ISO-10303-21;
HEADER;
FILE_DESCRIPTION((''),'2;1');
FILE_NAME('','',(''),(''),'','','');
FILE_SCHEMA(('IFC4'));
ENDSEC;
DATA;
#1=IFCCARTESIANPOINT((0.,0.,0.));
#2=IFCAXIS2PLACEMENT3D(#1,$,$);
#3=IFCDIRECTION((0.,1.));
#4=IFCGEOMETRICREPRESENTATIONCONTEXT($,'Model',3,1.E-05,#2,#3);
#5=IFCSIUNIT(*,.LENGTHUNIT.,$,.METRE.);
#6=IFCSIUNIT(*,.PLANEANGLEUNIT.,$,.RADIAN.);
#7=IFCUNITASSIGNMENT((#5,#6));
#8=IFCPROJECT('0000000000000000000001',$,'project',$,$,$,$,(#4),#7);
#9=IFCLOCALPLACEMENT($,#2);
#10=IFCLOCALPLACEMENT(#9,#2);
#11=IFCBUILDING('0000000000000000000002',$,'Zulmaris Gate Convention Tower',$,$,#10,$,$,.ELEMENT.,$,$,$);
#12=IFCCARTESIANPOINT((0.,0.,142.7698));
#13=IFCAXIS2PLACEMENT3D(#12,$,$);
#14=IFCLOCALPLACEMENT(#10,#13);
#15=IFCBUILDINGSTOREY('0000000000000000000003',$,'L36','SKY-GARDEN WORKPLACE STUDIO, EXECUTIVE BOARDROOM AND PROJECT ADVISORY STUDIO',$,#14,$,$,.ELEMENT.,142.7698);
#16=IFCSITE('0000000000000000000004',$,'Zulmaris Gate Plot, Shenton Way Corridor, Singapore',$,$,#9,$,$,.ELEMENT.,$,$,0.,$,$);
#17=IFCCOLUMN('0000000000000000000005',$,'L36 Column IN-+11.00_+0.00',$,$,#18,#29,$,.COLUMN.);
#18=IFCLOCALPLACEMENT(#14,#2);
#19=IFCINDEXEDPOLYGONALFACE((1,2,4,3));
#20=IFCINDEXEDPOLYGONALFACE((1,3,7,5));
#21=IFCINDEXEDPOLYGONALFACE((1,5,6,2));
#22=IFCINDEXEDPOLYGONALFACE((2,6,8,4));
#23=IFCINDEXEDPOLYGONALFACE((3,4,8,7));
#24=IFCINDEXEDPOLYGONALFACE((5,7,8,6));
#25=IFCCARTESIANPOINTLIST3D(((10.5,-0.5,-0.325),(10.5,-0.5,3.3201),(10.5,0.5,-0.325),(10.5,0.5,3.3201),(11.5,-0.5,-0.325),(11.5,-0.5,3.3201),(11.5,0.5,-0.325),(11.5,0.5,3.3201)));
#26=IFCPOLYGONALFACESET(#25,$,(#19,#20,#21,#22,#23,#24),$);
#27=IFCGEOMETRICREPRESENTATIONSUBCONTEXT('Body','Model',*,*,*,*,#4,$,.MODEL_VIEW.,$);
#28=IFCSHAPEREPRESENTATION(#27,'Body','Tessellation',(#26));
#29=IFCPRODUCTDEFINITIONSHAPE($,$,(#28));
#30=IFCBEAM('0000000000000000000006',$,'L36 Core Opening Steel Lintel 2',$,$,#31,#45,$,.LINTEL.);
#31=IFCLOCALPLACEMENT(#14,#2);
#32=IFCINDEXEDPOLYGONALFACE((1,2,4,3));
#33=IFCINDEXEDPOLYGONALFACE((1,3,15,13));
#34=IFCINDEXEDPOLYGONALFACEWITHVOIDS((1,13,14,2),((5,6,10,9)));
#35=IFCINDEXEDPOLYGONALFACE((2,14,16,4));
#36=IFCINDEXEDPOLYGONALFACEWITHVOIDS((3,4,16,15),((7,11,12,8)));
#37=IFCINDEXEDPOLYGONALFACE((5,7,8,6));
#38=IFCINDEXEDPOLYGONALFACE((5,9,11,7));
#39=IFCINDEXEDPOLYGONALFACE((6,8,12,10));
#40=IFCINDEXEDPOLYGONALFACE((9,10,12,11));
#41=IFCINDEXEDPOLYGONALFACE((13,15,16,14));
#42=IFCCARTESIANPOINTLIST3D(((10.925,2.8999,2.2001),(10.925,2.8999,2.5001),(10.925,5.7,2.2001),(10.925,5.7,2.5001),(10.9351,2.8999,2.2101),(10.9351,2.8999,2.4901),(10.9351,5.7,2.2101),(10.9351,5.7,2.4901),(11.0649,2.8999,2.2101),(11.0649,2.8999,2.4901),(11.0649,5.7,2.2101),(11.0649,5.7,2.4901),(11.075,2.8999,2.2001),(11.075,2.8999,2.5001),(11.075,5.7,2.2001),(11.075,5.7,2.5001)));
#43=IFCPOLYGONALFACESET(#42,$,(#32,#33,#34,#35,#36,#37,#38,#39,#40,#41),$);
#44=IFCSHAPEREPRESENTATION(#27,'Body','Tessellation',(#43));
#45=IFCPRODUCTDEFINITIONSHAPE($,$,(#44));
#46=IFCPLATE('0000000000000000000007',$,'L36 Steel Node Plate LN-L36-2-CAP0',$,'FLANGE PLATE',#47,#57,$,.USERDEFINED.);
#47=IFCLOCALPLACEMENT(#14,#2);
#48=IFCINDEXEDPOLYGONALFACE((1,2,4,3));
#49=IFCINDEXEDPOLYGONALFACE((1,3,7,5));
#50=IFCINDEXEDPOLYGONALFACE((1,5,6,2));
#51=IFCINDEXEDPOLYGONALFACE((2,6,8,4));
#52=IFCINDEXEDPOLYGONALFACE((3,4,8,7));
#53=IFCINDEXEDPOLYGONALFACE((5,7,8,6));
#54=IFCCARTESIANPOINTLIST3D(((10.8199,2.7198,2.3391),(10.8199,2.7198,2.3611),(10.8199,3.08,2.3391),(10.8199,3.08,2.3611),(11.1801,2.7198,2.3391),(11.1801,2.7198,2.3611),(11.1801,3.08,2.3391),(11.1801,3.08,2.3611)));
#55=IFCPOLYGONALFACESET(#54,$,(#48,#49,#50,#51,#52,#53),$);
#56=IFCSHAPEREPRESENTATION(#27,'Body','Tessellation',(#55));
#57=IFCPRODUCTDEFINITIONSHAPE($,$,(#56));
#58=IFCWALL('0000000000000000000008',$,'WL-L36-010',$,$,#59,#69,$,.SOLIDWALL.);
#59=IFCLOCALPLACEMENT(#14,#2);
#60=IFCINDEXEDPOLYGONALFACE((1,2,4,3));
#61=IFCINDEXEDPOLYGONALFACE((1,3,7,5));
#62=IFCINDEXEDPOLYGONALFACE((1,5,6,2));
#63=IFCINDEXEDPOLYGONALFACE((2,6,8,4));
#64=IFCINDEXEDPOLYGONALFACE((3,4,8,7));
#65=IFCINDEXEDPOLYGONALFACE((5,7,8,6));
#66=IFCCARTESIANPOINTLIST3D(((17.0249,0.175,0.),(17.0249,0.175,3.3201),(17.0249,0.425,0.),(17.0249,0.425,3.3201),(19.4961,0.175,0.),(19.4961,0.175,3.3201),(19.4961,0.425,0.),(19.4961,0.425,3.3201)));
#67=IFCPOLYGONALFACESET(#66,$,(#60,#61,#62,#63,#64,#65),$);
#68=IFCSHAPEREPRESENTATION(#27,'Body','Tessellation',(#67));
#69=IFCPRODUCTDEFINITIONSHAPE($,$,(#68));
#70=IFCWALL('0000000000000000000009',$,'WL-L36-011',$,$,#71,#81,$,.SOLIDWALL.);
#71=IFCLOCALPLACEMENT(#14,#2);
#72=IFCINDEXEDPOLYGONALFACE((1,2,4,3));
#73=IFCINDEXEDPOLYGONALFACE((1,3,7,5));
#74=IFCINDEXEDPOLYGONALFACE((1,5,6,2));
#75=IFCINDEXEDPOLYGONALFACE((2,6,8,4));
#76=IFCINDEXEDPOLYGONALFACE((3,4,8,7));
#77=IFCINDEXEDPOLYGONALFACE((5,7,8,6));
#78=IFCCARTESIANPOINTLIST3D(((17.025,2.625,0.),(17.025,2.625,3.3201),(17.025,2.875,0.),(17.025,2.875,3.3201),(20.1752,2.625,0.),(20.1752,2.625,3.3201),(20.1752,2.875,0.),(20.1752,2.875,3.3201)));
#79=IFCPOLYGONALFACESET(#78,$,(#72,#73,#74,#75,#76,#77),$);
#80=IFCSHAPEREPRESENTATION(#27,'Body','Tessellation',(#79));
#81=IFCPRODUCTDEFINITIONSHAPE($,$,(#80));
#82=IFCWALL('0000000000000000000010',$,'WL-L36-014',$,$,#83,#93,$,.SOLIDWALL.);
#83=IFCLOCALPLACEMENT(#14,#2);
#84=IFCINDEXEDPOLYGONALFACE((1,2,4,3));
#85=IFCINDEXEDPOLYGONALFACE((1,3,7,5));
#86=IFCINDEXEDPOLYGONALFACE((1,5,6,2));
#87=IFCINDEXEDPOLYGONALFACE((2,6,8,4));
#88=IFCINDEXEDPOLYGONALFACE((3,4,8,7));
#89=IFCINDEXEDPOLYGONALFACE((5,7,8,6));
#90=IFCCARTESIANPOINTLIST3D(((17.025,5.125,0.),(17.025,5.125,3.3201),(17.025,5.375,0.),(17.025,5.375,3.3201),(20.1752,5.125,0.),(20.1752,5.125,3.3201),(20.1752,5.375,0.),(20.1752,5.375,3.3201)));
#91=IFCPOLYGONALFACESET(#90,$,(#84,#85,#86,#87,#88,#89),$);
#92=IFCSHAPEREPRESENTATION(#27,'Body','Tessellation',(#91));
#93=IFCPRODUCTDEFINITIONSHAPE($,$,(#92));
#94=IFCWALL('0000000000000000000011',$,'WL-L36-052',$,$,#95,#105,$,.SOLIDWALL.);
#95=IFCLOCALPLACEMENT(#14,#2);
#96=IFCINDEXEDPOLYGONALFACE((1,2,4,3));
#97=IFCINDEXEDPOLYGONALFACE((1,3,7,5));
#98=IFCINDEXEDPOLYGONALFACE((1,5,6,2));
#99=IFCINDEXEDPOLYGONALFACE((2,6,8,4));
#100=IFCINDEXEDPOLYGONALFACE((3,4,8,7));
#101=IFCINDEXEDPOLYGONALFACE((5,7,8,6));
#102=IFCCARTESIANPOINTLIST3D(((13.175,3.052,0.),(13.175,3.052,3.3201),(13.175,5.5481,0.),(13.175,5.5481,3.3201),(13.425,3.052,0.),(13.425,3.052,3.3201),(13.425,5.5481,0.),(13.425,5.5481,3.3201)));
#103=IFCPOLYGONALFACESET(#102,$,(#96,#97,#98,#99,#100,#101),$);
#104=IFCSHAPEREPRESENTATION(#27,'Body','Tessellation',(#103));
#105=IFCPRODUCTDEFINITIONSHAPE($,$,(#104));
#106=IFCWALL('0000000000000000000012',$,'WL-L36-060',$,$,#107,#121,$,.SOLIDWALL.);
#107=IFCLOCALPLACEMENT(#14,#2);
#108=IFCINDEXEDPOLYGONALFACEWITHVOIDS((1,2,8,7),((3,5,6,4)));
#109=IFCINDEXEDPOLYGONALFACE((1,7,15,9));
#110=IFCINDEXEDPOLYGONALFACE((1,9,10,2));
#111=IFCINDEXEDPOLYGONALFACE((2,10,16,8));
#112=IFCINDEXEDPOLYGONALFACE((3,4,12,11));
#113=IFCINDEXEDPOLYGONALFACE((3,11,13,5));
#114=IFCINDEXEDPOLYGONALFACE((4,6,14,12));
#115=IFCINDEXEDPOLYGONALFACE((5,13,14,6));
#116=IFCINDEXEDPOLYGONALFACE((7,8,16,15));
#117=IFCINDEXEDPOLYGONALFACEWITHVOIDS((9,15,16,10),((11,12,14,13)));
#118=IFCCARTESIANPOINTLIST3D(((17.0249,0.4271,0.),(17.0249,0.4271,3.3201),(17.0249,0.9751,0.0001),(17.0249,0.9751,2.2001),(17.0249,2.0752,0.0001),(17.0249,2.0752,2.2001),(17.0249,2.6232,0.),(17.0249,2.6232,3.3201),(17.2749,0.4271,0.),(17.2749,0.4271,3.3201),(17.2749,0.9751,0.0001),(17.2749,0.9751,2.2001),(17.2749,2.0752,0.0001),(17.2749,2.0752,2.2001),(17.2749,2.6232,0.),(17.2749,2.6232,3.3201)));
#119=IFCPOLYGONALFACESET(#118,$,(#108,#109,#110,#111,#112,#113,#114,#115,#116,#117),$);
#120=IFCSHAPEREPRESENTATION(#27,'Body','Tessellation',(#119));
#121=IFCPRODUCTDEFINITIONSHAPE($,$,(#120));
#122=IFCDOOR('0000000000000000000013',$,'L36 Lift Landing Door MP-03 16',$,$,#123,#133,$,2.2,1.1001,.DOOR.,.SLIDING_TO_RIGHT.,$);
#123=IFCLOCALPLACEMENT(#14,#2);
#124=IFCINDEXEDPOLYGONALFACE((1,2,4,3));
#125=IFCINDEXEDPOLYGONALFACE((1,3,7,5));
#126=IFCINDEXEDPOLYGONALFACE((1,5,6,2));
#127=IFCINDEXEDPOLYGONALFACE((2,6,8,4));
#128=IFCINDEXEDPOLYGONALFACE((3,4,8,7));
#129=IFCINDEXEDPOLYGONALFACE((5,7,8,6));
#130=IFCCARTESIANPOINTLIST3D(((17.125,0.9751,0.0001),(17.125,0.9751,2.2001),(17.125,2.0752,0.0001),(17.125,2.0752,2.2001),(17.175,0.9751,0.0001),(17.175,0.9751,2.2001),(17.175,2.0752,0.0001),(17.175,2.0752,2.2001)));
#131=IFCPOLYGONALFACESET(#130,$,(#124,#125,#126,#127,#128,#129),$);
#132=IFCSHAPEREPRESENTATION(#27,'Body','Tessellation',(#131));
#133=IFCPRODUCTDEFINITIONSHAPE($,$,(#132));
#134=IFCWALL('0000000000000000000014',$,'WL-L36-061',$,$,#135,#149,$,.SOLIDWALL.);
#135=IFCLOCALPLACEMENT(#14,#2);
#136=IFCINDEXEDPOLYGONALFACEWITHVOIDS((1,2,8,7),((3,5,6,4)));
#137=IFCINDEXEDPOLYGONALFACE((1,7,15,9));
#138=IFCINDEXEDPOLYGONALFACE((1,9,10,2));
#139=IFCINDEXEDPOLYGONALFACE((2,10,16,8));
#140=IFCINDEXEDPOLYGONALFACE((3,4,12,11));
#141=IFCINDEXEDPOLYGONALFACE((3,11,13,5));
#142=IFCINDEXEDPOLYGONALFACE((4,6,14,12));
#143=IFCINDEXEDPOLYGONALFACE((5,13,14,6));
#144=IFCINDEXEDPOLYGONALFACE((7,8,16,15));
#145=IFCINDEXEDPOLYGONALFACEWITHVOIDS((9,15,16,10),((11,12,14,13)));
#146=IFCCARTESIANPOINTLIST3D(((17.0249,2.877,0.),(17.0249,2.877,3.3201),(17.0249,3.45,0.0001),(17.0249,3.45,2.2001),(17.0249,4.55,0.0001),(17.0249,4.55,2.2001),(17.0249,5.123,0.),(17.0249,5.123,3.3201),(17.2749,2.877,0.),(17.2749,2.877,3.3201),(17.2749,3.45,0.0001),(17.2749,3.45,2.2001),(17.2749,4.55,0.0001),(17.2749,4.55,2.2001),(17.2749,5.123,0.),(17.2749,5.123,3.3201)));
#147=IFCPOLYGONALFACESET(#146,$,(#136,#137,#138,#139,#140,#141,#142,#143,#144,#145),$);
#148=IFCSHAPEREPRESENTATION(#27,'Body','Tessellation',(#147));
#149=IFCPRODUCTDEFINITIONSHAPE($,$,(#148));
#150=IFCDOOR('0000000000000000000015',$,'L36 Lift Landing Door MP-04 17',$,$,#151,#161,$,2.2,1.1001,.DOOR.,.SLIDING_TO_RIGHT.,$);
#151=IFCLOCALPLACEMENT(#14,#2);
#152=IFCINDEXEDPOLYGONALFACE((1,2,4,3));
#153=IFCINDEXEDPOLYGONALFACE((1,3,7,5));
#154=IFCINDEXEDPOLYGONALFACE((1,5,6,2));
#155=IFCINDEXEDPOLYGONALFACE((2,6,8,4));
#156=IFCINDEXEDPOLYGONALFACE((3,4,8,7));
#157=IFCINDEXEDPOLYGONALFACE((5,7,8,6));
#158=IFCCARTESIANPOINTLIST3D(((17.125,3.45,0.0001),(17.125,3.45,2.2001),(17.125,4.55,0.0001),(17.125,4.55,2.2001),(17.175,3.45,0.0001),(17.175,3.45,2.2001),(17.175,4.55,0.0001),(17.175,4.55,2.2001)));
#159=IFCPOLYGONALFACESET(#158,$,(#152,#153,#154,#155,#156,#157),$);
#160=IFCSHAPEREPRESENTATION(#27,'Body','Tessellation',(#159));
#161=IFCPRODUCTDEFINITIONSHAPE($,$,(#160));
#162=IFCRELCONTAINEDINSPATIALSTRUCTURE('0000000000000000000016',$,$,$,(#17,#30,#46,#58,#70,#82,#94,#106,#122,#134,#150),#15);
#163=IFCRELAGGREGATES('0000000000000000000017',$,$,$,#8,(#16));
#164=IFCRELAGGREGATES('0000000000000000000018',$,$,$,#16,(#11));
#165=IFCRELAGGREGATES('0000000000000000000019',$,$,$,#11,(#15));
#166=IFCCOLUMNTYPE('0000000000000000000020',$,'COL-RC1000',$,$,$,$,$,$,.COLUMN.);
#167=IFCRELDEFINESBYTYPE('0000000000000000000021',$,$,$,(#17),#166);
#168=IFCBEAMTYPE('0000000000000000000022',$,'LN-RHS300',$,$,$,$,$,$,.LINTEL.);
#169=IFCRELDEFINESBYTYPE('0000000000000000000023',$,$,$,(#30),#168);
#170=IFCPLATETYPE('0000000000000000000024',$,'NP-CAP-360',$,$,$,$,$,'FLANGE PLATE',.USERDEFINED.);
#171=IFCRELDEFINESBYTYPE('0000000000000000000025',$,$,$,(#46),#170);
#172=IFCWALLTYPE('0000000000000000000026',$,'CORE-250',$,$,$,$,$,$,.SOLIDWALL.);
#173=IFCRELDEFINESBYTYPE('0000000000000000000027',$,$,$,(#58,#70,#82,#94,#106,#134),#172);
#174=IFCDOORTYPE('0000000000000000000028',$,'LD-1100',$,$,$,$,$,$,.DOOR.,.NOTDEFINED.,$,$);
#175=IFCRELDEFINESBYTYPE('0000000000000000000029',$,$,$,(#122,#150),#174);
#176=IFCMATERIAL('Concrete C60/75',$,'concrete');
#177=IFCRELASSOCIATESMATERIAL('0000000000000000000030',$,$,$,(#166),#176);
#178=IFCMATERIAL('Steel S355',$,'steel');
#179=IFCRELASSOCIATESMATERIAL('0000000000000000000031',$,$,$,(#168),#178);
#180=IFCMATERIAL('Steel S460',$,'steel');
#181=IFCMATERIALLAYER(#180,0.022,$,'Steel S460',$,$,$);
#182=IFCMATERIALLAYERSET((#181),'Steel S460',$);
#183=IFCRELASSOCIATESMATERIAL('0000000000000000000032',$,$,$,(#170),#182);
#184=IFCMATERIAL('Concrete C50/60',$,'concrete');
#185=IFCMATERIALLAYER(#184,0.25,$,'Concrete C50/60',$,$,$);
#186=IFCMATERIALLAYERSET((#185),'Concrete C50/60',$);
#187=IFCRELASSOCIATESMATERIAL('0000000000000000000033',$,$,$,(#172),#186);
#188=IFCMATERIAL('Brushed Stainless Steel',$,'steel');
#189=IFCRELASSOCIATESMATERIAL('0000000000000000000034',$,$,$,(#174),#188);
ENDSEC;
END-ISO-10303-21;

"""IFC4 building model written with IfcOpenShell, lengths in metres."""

from ifc_helpers import new_model, si_unit, direction, frame, frame_2d, origin, origin_2d, place, context, subcontext, project, spatial, rectangle, hollow_rectangle, extrude, material, layer, layer_set, material_profile, profile_set, type_object, element, fill, save


model = new_model("IFC4")

# Units and contexts
model_context = context("Model", 3, precision=1e-05, world=origin(), true_north=direction((0.0, 1.0)))
body_context = subcontext(model_context, "Body", "Model", "MODEL_VIEW")
ifc_project = project(units=[si_unit("LENGTHUNIT", "METRE"), si_unit("PLANEANGLEUNIT", "RADIAN")], contexts=[model_context])

# Site, building, storey
site_placement = place(None, origin())
site = spatial("IfcSite", under=ifc_project, at=site_placement, Name="Zulmaris Gate Plot, Shenton Way Corridor, Singapore", CompositionType="ELEMENT", RefElevation=0.0)
building_placement = place(site_placement, origin())
building = spatial("IfcBuilding", under=site, at=building_placement, Name="Zulmaris Gate Convention Tower", CompositionType="ELEMENT")
storey_placement = place(building_placement, frame((0.0, 0.0, 142.7698)))
storey = spatial("IfcBuildingStorey", under=building, at=storey_placement, Name="L36", Description="SKY-GARDEN WORKPLACE STUDIO, EXECUTIVE BOARDROOM AND PROJECT ADVISORY STUDIO", CompositionType="ELEMENT", Elevation=142.7698)

# Column
ifc_material_1 = material(Name="Concrete C60/75", Category="concrete")
ifc_material_profile_1 = material_profile(ifc_material_1, rectangle(XDim=1.0, YDim=1.0, at=origin_2d()), Name="RC COL 1000x1000")
ifc_profile_set_1 = profile_set([ifc_material_profile_1], Name="Concrete C60/75")
column_type = type_object("IfcColumnType", Name="COL-RC1000", PredefinedType="COLUMN", material=ifc_profile_set_1)
column_placement = place(storey_placement, frame((11.0, 0.0, -0.325), z_axis=(0.0, 0.0, 1.0), x_axis=(1.0, 0.0, 0.0)))
element("IfcColumn", 1, at=column_placement, inside=storey, type_object=column_type, Name="L36 Column IN-+11.00_+0.00", PredefinedType="COLUMN", context=body_context, shape_type="SweptSolid", body=[
    extrude(rectangle(XDim=1.0, YDim=1.0, at=origin_2d()), origin(), (0.0, 0.0, 1.0), 3.645),
])

# Beam
ifc_material_2 = material(Name="Steel S355", Category="steel")
ifc_material_profile_2 = material_profile(ifc_material_2, hollow_rectangle(XDim=0.1499, YDim=0.3, WallThickness=0.01, at=origin_2d()), Name="RHS 300x150x10")
ifc_profile_set_2 = profile_set([ifc_material_profile_2], Name="Steel S355")
beam_type = type_object("IfcBeamType", Name="LN-RHS300", PredefinedType="LINTEL", material=ifc_profile_set_2)
beam_placement = place(storey_placement, frame((11.0, 2.8999, 2.3501), z_axis=(0.0, 1.0, 0.0), x_axis=(-1.0, 0.0, 0.0)))
element("IfcBeam", 2, at=beam_placement, inside=storey, type_object=beam_type, Name="L36 Core Opening Steel Lintel 2", PredefinedType="LINTEL", context=body_context, shape_type="SweptSolid", body=[
    extrude(hollow_rectangle(XDim=0.1499, YDim=0.3, WallThickness=0.01, at=origin_2d()), origin(), (0.0, 0.0, 1.0), 2.8),
])

# Plate
ifc_material_3 = material(Name="Steel S460", Category="steel")
ifc_layer_1 = layer(ifc_material_3, 0.022, Name="Steel S460")
ifc_layer_set_1 = layer_set([ifc_layer_1], Name="Steel S460")
plate_type = type_object("IfcPlateType", Name="NP-CAP-360", ElementType="FLANGE PLATE", PredefinedType="USERDEFINED", material=ifc_layer_set_1)
plate_placement = place(storey_placement, frame((11.0, 2.8999, 2.3391), z_axis=(0.0, 0.0, 1.0), x_axis=(1.0, 0.0, 0.0)))
element("IfcPlate", 3, at=plate_placement, inside=storey, type_object=plate_type, Name="L36 Steel Node Plate LN-L36-2-CAP0", ObjectType="FLANGE PLATE", PredefinedType="USERDEFINED", context=body_context, shape_type="SweptSolid", body=[
    extrude(rectangle(XDim=0.3601, YDim=0.3601, at=origin_2d()), origin(), (0.0, 0.0, 1.0), 0.022),
])

# Walls
ifc_material_4 = material(Name="Concrete C50/60", Category="concrete")
ifc_layer_2 = layer(ifc_material_4, 0.25, Name="Concrete C50/60")
ifc_layer_set_2 = layer_set([ifc_layer_2], Name="Concrete C50/60")
wall_type_1 = type_object("IfcWallType", Name="CORE-250", PredefinedType="SOLIDWALL", material=ifc_layer_set_2)
wall_1_placement = place(storey_placement, frame((17.0249, 0.3, 0.0), z_axis=(0.0, 0.0, 1.0), x_axis=(1.0, 0.0, 0.0)))
element("IfcWall", 4, at=wall_1_placement, inside=storey, type_object=wall_type_1, Name="WL-L36-010", PredefinedType="SOLIDWALL", context=body_context, shape_type="SweptSolid", body=[
    extrude(rectangle(XDim=2.4712, YDim=0.25, at=frame_2d((1.2356, 0.0))), origin(), (0.0, 0.0, 1.0), 3.3201),
])
for number, where, z_axis, x_axis, name in (
    (5, (17.0249, 2.75, 0.0), (0.0, 0.0, 1.0), (1.0, 0.0, 0.0), "WL-L36-011"),
    (6, (17.0249, 5.25, 0.0), (0.0, 0.0, 1.0), (1.0, 0.0, 0.0), "WL-L36-014"),
):
    element("IfcWall", number, at=place(storey_placement, frame(where, z_axis=z_axis, x_axis=x_axis)), inside=storey, type_object=wall_type_1, Name=name, PredefinedType="SOLIDWALL", context=body_context, shape_type="SweptSolid", body=[
        extrude(rectangle(XDim=3.1501, YDim=0.25, at=frame_2d((1.5752, 0.0))), origin(), (0.0, 0.0, 1.0), 3.3201),
    ])
wall_2_placement = place(storey_placement, frame((13.3, 3.052, 0.0), z_axis=(0.0, 0.0, 1.0), x_axis=(0.0, 1.0, 0.0)))
element("IfcWall", 7, at=wall_2_placement, inside=storey, type_object=wall_type_1, Name="WL-L36-052", PredefinedType="SOLIDWALL", context=body_context, shape_type="SweptSolid", body=[
    extrude(rectangle(XDim=2.4961, YDim=0.25, at=frame_2d((1.248, 0.0))), origin(), (0.0, 0.0, 1.0), 3.3201),
])

# Walls, openings, doors
wall_3_placement = place(storey_placement, frame((17.1499, 0.427, 0.0), z_axis=(0.0, 0.0, 1.0), x_axis=(0.0, 1.0, 0.0)))
wall_3 = element("IfcWall", 8, at=wall_3_placement, inside=storey, type_object=wall_type_1, Name="WL-L36-060", PredefinedType="SOLIDWALL", context=body_context, shape_type="SweptSolid", body=[
    extrude(rectangle(XDim=2.196, YDim=0.25, at=frame_2d((1.0981, 0.0))), origin(), (0.0, 0.0, 1.0), 3.3201),
])
opening_1_placement = place(wall_3_placement, frame((0.5481, 0.0, 0.0)))
opening_1 = element("IfcOpeningElement", 9, at=opening_1_placement, cuts=wall_3, PredefinedType="OPENING", context=body_context, shape_type="SweptSolid", body=[
    extrude(rectangle(XDim=1.1001, YDim=2.2, at=frame_2d((0.55, 1.1001))), frame((0.0, 0.135, 0.0), z_axis=(0.0, -1.0, 0.0), x_axis=(1.0, 0.0, 0.0)), (0.0, 0.0, 1.0), 0.27),
])
ifc_material_5 = material(Name="Brushed Stainless Steel", Category="steel")
door_type_1 = type_object("IfcDoorType", Name="LD-1100", OperationType="NOTDEFINED", PredefinedType="DOOR", material=ifc_material_5)
door_1_placement = place(opening_1_placement, origin())
door_1 = element("IfcDoor", 10, at=door_1_placement, inside=storey, type_object=door_type_1, Name="L36 Lift Landing Door MP-03 16", OperationType="SLIDING_TO_RIGHT", OverallHeight=2.2, OverallWidth=1.1001, PredefinedType="DOOR", context=body_context, shape_type="SweptSolid", body=[
    extrude(rectangle(XDim=1.1001, YDim=2.2, at=frame_2d((0.55, 1.1001))), frame((0.0, 0.0249, 0.0), z_axis=(0.0, -1.0, 0.0), x_axis=(1.0, 0.0, 0.0)), (0.0, 0.0, 1.0), 0.05),
])
fill(opening_1, door_1)
wall_4_placement = place(storey_placement, frame((17.1499, 2.877, 0.0), z_axis=(0.0, 0.0, 1.0), x_axis=(0.0, 1.0, 0.0)))
wall_4 = element("IfcWall", 11, at=wall_4_placement, inside=storey, type_object=wall_type_1, Name="WL-L36-061", PredefinedType="SOLIDWALL", context=body_context, shape_type="SweptSolid", body=[
    extrude(rectangle(XDim=2.2461, YDim=0.25, at=frame_2d((1.123, 0.0))), origin(), (0.0, 0.0, 1.0), 3.3201),
])
opening_2_placement = place(wall_4_placement, frame((0.573, 0.0, 0.0)))
opening_2 = element("IfcOpeningElement", 12, at=opening_2_placement, cuts=wall_4, PredefinedType="OPENING", context=body_context, shape_type="SweptSolid", body=[
    extrude(rectangle(XDim=1.1001, YDim=2.2, at=frame_2d((0.55, 1.1001))), frame((0.0, 0.135, 0.0), z_axis=(0.0, -1.0, 0.0), x_axis=(1.0, 0.0, 0.0)), (0.0, 0.0, 1.0), 0.27),
])
door_2_placement = place(opening_2_placement, origin())
door_2 = element("IfcDoor", 13, at=door_2_placement, inside=storey, type_object=door_type_1, Name="L36 Lift Landing Door MP-04 17", OperationType="SLIDING_TO_RIGHT", OverallHeight=2.2, OverallWidth=1.1001, PredefinedType="DOOR", context=body_context, shape_type="SweptSolid", body=[
    extrude(rectangle(XDim=1.1001, YDim=2.2, at=frame_2d((0.55, 1.1001))), frame((0.0, 0.0249, 0.0), z_axis=(0.0, -1.0, 0.0), x_axis=(1.0, 0.0, 0.0)), (0.0, 0.0, 1.0), 0.05),
])
fill(opening_2, door_2)

save(model, "model.ifc")
